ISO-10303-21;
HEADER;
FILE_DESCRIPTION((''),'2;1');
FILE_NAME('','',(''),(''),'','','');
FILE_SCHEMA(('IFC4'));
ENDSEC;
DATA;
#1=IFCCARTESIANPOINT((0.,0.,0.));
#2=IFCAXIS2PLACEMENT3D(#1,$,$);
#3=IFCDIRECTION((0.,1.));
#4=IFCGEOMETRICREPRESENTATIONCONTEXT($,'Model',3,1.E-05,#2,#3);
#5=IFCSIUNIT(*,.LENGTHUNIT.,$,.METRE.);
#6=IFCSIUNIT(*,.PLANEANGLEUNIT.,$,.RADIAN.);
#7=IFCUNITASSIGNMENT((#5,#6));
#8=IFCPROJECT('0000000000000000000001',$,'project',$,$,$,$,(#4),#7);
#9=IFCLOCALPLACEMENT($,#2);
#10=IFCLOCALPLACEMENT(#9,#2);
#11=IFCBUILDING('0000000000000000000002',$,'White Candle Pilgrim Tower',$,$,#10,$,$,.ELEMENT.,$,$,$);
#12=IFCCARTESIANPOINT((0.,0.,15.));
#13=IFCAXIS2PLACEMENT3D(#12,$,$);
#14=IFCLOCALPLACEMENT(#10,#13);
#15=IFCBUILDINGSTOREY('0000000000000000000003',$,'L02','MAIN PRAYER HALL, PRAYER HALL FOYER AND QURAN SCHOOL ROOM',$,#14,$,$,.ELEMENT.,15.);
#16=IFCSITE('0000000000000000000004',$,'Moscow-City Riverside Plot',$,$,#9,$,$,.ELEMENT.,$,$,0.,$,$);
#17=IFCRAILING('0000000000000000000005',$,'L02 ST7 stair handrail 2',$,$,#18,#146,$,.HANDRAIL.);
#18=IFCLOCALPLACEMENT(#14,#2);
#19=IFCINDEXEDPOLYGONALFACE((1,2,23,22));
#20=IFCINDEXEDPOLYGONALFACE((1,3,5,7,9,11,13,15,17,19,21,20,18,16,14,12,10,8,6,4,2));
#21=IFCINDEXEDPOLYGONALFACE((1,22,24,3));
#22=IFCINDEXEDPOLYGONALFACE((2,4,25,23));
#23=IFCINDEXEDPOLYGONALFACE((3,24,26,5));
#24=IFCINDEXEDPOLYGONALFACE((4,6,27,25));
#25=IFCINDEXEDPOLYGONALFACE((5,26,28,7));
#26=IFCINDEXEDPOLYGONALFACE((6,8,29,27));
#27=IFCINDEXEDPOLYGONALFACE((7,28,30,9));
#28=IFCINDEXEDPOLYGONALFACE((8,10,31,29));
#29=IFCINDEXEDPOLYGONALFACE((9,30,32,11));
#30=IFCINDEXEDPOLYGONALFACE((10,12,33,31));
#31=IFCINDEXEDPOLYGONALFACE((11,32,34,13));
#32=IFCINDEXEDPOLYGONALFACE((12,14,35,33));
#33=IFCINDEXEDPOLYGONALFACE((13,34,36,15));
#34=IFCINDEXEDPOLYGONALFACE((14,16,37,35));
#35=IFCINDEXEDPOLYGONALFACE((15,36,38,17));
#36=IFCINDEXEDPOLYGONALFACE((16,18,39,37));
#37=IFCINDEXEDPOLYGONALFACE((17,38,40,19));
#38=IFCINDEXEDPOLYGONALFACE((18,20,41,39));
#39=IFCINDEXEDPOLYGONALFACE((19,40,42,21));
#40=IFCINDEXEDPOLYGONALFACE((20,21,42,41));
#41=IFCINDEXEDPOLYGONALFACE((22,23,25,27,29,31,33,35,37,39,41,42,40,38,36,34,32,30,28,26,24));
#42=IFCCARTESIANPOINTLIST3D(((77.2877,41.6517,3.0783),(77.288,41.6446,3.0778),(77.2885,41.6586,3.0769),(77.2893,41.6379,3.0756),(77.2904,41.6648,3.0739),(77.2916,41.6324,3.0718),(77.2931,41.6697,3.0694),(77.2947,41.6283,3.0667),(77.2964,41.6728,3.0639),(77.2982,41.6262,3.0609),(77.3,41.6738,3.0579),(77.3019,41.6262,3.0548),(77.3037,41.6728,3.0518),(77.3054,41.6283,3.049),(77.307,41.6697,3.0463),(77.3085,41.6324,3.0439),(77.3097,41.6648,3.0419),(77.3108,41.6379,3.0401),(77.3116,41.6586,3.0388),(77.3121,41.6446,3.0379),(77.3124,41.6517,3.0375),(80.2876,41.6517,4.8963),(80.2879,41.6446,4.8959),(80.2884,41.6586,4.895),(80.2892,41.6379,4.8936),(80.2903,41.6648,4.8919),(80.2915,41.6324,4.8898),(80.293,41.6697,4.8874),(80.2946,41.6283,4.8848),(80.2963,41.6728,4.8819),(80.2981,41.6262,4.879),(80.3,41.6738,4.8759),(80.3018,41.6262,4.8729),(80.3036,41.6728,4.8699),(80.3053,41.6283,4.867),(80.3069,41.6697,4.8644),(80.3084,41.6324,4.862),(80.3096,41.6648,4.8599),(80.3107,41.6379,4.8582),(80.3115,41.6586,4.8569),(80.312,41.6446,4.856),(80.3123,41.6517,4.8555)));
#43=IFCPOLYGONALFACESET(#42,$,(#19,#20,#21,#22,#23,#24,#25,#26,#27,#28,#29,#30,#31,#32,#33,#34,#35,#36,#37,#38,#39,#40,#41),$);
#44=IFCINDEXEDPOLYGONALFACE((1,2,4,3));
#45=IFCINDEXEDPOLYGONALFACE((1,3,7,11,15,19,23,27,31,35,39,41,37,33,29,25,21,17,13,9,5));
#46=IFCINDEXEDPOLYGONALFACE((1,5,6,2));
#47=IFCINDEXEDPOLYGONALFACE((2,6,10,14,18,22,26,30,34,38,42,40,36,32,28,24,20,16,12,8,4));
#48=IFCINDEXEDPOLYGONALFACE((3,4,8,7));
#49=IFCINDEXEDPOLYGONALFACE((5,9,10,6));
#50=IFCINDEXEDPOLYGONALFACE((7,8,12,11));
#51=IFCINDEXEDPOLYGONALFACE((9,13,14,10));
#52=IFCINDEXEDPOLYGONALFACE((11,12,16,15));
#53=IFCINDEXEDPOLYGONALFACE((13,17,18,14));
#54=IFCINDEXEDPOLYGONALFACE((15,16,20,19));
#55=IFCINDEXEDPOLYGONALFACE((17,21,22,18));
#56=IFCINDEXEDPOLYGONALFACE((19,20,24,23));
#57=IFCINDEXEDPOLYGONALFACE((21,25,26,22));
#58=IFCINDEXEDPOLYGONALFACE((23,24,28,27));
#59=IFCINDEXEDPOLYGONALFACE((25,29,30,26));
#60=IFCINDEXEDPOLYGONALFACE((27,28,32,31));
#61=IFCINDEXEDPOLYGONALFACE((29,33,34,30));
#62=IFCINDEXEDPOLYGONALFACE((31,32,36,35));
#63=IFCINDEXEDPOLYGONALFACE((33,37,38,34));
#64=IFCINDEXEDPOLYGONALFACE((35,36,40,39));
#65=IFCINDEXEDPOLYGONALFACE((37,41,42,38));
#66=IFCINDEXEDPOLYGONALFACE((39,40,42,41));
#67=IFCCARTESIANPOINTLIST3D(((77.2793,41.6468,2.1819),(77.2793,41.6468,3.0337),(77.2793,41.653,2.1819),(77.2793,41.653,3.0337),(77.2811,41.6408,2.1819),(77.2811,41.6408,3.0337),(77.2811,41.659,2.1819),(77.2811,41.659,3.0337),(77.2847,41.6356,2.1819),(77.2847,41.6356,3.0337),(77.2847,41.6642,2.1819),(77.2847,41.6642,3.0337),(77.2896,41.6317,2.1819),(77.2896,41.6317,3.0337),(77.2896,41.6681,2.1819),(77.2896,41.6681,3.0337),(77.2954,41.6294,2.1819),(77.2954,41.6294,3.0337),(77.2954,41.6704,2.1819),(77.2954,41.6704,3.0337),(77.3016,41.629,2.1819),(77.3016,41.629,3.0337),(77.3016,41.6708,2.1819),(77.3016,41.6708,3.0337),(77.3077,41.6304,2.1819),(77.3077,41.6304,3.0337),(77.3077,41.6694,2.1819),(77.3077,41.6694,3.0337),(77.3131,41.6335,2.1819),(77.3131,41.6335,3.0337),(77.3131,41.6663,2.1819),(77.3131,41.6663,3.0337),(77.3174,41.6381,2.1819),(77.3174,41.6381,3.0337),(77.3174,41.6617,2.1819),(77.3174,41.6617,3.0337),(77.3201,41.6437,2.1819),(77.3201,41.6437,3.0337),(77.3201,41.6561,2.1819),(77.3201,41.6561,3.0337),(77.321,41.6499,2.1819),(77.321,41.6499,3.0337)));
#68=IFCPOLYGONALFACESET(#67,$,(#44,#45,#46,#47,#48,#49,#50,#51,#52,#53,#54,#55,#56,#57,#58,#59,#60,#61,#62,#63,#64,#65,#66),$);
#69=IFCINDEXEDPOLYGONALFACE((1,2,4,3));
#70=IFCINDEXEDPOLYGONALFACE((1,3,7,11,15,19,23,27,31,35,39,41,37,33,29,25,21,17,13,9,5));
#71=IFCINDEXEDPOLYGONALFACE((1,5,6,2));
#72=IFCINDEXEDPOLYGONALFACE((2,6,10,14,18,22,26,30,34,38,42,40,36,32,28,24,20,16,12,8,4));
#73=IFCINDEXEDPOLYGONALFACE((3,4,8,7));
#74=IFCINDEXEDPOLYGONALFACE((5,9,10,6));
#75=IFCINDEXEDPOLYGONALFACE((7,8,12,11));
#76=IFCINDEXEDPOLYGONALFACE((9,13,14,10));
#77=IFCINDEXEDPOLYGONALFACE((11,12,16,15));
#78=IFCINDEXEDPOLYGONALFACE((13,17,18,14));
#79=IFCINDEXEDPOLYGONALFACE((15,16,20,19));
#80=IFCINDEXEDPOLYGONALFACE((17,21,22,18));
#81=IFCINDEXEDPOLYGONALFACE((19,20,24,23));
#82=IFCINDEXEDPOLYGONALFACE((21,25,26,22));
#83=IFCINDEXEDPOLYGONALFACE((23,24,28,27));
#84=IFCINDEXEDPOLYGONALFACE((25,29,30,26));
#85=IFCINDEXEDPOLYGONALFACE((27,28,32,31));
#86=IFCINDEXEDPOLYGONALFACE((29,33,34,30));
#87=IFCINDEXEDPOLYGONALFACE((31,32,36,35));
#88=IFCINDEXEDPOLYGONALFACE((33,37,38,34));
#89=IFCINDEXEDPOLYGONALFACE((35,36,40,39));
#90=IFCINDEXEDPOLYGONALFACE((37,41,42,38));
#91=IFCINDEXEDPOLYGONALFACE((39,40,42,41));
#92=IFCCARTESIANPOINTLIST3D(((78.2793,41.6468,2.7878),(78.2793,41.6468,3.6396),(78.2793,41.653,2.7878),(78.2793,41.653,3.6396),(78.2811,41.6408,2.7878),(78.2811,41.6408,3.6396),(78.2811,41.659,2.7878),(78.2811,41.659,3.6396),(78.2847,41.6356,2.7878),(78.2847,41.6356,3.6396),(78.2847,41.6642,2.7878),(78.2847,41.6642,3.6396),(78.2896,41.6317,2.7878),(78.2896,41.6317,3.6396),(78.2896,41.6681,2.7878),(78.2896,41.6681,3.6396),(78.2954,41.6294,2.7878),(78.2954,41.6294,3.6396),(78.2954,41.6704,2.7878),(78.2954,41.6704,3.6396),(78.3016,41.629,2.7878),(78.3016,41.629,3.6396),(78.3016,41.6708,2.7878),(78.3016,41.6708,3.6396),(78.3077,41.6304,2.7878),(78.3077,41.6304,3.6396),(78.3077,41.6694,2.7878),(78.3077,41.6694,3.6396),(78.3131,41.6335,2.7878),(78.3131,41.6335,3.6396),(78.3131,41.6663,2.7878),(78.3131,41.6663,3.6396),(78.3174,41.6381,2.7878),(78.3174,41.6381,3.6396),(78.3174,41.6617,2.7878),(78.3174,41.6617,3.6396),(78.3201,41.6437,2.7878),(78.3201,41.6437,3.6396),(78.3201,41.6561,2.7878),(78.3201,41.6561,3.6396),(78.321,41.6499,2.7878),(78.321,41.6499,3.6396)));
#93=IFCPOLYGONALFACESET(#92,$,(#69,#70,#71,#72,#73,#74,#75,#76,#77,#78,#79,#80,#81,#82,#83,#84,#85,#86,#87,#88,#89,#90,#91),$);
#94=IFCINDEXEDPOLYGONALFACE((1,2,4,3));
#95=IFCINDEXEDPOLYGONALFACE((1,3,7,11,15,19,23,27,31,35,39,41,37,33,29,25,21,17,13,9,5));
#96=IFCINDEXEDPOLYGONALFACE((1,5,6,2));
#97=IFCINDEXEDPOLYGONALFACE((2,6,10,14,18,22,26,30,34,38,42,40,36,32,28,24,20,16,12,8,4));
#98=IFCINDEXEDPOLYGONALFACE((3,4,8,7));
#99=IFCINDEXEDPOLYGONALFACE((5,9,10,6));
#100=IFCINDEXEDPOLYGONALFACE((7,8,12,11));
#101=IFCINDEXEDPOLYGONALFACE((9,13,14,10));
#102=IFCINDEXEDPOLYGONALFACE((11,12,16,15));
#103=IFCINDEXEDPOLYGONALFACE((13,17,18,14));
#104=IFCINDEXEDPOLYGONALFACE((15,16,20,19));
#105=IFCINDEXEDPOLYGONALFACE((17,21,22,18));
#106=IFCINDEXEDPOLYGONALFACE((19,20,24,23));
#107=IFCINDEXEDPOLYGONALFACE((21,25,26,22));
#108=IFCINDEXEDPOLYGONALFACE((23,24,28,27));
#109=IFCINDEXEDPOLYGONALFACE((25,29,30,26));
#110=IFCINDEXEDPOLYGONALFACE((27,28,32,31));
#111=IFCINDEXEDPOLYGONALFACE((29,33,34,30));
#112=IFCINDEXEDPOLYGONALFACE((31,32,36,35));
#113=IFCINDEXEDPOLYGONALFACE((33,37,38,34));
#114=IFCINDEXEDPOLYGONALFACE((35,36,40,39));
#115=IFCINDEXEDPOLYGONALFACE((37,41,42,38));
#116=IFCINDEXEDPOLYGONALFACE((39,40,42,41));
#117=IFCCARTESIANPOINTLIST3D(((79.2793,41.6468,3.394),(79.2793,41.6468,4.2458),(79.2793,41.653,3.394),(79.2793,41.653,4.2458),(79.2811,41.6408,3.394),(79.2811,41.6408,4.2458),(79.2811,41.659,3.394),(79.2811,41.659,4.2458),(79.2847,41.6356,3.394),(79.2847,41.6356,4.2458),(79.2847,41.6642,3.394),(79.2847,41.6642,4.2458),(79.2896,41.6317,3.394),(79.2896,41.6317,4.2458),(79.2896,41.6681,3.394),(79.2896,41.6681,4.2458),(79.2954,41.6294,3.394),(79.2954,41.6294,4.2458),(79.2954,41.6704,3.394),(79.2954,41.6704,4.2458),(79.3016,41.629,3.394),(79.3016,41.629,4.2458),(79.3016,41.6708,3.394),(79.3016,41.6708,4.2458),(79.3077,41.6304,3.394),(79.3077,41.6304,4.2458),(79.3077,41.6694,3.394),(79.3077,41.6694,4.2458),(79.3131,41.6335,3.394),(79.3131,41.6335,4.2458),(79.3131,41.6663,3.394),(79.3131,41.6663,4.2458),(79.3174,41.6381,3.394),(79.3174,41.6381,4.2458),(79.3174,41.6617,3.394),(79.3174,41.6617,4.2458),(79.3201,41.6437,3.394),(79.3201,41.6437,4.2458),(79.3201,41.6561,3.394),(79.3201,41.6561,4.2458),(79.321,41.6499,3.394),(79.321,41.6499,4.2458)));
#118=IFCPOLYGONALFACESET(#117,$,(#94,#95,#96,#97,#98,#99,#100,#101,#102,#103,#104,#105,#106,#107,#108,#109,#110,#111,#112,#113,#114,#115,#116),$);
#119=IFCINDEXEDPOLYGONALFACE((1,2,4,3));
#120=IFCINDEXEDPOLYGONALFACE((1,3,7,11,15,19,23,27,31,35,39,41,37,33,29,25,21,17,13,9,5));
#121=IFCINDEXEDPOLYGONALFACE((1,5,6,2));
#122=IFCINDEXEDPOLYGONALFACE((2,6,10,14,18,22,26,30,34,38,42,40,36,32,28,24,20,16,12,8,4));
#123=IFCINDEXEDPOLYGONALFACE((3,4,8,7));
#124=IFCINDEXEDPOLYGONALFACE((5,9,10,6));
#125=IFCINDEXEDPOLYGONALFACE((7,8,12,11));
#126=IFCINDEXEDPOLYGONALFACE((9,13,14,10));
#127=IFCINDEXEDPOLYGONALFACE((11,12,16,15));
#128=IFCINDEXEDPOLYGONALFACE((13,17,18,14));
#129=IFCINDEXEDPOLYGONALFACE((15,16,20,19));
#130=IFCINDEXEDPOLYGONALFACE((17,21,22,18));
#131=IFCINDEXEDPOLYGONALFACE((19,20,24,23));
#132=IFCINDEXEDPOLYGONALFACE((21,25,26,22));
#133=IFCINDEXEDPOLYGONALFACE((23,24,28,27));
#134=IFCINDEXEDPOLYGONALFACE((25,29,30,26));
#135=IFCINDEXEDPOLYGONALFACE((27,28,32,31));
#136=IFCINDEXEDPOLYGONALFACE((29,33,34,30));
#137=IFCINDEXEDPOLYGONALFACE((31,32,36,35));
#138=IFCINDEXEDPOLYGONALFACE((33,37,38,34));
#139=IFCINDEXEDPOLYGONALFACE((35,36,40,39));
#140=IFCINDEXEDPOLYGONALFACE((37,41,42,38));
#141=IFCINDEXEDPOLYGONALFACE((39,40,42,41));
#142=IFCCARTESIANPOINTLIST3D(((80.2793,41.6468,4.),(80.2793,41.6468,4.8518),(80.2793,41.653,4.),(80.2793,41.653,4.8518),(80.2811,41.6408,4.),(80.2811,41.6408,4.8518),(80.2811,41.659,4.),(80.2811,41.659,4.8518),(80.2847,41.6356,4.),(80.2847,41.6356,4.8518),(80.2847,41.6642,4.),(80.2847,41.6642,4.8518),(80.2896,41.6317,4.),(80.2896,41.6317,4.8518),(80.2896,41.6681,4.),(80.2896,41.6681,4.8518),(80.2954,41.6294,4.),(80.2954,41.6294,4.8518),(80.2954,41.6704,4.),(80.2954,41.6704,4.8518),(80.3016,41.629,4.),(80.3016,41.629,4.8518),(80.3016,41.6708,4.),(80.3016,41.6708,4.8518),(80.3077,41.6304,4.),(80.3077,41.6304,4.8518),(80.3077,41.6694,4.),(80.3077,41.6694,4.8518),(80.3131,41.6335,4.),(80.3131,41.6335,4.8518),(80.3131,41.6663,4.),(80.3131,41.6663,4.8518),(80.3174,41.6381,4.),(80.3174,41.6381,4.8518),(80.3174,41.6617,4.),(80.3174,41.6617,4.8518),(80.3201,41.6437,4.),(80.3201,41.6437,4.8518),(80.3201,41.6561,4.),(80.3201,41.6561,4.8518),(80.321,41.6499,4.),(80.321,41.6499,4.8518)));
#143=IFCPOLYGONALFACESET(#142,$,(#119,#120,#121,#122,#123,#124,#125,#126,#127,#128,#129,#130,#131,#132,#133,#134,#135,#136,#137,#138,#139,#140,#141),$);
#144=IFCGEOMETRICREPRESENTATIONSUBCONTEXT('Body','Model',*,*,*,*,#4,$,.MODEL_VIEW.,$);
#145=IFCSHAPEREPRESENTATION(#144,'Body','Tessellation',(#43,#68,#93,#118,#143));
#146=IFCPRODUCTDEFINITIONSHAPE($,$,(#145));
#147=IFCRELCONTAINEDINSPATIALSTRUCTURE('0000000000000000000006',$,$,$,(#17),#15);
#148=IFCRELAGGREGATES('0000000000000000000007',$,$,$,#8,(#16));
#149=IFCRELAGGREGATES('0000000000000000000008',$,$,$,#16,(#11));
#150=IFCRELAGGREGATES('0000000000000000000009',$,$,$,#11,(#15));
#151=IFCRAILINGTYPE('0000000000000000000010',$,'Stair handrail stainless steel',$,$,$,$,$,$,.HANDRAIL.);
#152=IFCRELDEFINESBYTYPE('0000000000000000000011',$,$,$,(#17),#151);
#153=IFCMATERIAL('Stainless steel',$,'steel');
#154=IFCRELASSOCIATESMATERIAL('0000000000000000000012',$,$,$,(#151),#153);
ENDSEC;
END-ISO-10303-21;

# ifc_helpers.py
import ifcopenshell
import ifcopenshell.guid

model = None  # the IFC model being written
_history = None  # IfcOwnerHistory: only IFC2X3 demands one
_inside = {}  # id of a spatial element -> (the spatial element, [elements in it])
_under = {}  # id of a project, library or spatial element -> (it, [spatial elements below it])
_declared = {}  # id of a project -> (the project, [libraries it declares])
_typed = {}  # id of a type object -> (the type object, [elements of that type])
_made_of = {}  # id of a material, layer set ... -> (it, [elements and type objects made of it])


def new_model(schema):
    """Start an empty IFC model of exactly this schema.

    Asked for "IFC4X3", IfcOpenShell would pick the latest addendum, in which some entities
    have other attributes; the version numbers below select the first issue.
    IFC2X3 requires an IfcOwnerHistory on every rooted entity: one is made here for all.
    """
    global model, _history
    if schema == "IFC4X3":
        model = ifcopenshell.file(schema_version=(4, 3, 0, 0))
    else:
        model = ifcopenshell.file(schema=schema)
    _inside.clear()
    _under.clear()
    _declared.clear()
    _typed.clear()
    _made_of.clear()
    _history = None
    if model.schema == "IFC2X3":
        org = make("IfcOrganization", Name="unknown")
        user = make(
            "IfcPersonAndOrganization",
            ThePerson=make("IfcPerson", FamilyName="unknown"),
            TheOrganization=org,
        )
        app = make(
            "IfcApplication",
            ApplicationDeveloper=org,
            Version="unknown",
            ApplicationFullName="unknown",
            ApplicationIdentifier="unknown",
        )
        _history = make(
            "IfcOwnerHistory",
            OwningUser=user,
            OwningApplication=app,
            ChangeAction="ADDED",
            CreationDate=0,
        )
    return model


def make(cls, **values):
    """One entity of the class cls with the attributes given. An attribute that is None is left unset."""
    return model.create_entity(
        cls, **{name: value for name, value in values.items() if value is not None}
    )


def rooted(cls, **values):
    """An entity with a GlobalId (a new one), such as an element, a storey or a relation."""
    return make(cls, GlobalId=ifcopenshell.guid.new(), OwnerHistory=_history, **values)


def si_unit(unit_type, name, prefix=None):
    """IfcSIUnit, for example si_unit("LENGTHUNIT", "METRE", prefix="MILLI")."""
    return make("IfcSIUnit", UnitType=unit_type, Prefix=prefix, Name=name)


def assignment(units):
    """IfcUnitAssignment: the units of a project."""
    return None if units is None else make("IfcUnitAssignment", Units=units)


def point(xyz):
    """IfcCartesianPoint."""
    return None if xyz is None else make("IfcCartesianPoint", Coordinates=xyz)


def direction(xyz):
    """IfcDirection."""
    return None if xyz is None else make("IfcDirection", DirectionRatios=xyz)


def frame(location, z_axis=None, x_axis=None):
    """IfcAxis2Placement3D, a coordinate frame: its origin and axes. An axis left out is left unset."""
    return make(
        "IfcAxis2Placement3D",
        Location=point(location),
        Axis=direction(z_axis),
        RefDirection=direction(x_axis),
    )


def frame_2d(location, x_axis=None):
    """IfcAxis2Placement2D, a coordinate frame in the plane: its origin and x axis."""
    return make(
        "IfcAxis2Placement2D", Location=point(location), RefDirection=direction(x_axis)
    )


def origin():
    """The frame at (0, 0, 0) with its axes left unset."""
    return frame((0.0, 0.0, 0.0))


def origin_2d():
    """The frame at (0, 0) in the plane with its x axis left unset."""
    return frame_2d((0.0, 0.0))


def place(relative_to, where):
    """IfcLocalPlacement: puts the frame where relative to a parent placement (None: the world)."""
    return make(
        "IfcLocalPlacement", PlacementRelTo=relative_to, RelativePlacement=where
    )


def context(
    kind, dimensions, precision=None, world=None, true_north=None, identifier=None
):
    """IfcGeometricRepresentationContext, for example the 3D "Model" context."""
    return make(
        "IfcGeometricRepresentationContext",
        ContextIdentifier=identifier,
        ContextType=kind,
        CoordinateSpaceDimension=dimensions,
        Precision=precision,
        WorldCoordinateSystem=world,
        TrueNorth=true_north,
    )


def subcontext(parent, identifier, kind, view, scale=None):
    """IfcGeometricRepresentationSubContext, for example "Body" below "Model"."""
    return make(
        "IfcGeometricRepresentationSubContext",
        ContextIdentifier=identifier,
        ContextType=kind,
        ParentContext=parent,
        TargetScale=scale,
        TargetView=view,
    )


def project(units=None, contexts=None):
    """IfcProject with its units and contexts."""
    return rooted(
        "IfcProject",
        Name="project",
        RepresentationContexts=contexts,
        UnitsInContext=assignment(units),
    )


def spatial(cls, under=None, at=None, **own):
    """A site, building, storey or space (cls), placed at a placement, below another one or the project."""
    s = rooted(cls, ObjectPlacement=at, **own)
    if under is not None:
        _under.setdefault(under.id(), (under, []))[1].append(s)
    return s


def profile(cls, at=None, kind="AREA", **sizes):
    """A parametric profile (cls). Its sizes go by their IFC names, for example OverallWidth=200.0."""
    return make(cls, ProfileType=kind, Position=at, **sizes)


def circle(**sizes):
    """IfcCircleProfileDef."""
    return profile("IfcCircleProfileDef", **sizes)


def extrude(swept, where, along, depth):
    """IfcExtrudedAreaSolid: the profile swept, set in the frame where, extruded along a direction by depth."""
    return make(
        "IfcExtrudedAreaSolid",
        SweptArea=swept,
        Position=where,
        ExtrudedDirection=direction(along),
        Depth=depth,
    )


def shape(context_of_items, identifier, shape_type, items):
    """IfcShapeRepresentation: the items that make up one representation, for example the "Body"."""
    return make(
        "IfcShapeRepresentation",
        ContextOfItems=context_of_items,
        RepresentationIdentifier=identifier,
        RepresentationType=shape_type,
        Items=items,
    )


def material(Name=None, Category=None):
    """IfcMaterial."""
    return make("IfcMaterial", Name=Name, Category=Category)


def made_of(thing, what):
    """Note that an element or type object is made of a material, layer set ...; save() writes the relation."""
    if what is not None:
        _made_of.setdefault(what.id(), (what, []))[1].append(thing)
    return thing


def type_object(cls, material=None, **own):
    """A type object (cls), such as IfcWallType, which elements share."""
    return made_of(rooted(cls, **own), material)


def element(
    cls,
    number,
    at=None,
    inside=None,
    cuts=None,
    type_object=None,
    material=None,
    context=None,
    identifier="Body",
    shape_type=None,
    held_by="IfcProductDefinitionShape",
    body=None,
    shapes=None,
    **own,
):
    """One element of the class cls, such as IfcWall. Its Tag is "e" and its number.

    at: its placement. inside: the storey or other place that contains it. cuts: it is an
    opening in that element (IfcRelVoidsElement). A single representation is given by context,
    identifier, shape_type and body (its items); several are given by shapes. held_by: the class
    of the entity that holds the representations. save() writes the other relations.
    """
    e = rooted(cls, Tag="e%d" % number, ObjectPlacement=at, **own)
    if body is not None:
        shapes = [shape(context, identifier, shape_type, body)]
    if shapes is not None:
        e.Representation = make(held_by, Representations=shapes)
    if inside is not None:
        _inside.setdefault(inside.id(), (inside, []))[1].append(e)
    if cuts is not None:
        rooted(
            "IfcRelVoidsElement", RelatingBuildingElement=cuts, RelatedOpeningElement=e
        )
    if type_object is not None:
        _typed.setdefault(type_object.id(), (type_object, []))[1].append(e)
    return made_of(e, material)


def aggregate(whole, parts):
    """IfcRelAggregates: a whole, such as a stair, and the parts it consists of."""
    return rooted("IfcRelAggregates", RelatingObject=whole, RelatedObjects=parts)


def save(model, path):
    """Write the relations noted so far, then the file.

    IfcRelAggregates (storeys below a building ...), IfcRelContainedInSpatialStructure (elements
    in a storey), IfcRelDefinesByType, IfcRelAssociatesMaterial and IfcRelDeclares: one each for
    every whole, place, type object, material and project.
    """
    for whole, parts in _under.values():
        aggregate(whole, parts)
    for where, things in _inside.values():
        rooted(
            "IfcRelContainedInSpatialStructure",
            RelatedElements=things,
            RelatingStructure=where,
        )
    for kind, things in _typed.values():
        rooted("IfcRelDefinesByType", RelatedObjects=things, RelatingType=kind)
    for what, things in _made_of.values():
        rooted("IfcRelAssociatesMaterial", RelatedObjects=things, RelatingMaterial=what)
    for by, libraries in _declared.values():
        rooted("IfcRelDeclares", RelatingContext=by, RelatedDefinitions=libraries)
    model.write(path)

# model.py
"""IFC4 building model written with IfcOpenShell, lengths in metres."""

from ifc_helpers import new_model, si_unit, direction, frame, origin, origin_2d, place, context, subcontext, project, spatial, circle, extrude, material, type_object, element, save


model = new_model("IFC4")

# Units and contexts
model_context = context("Model", 3, precision=1e-05, world=origin(), true_north=direction((0.0, 1.0)))
body_context = subcontext(model_context, "Body", "Model", "MODEL_VIEW")
ifc_project = project(units=[si_unit("LENGTHUNIT", "METRE"), si_unit("PLANEANGLEUNIT", "RADIAN")], contexts=[model_context])

# Site, building, storey
site_placement = place(None, origin())
site = spatial("IfcSite", under=ifc_project, at=site_placement, Name="Moscow-City Riverside Plot", CompositionType="ELEMENT", RefElevation=0.0)
building_placement = place(site_placement, origin())
building = spatial("IfcBuilding", under=site, at=building_placement, Name="White Candle Pilgrim Tower", CompositionType="ELEMENT")
storey_placement = place(building_placement, frame((0.0, 0.0, 15.0)))
storey = spatial("IfcBuildingStorey", under=building, at=storey_placement, Name="L02", Description="MAIN PRAYER HALL, PRAYER HALL FOYER AND QURAN SCHOOL ROOM", CompositionType="ELEMENT", Elevation=15.0)

# Railing
ifc_material_1 = material(Name="Stainless steel", Category="steel")
railing_type = type_object("IfcRailingType", Name="Stair handrail stainless steel", PredefinedType="HANDRAIL", material=ifc_material_1)
railing_placement = place(storey_placement, frame((77.3, 41.6499, 2.1819)))
element("IfcRailing", 1, at=railing_placement, inside=storey, type_object=railing_type, Name="L02 ST7 stair handrail 2", PredefinedType="HANDRAIL", context=body_context, shape_type="SweptSolid", body=[
    extrude(circle(Radius=0.0239, at=origin_2d()), frame((0.0, 0.0, 0.876), z_axis=(0.855206, 0.0, 0.518288), x_axis=(0.0, 1.0, 0.0)), (0.0, 0.0, 1.0), 3.5078),
    extrude(circle(Radius=0.021, at=origin_2d()), origin(), (0.0, 0.0, 1.0), 0.8518),
    extrude(circle(Radius=0.021, at=origin_2d()), frame((1.0, 0.0, 0.606)), (0.0, 0.0, 1.0), 0.8518),
    extrude(circle(Radius=0.021, at=origin_2d()), frame((2.0, 0.0, 1.2122)), (0.0, 0.0, 1.0), 0.8518),
    extrude(circle(Radius=0.021, at=origin_2d()), frame((3.0, 0.0, 1.8181)), (0.0, 0.0, 1.0), 0.8518),
])

save(model, "model.ifc")
